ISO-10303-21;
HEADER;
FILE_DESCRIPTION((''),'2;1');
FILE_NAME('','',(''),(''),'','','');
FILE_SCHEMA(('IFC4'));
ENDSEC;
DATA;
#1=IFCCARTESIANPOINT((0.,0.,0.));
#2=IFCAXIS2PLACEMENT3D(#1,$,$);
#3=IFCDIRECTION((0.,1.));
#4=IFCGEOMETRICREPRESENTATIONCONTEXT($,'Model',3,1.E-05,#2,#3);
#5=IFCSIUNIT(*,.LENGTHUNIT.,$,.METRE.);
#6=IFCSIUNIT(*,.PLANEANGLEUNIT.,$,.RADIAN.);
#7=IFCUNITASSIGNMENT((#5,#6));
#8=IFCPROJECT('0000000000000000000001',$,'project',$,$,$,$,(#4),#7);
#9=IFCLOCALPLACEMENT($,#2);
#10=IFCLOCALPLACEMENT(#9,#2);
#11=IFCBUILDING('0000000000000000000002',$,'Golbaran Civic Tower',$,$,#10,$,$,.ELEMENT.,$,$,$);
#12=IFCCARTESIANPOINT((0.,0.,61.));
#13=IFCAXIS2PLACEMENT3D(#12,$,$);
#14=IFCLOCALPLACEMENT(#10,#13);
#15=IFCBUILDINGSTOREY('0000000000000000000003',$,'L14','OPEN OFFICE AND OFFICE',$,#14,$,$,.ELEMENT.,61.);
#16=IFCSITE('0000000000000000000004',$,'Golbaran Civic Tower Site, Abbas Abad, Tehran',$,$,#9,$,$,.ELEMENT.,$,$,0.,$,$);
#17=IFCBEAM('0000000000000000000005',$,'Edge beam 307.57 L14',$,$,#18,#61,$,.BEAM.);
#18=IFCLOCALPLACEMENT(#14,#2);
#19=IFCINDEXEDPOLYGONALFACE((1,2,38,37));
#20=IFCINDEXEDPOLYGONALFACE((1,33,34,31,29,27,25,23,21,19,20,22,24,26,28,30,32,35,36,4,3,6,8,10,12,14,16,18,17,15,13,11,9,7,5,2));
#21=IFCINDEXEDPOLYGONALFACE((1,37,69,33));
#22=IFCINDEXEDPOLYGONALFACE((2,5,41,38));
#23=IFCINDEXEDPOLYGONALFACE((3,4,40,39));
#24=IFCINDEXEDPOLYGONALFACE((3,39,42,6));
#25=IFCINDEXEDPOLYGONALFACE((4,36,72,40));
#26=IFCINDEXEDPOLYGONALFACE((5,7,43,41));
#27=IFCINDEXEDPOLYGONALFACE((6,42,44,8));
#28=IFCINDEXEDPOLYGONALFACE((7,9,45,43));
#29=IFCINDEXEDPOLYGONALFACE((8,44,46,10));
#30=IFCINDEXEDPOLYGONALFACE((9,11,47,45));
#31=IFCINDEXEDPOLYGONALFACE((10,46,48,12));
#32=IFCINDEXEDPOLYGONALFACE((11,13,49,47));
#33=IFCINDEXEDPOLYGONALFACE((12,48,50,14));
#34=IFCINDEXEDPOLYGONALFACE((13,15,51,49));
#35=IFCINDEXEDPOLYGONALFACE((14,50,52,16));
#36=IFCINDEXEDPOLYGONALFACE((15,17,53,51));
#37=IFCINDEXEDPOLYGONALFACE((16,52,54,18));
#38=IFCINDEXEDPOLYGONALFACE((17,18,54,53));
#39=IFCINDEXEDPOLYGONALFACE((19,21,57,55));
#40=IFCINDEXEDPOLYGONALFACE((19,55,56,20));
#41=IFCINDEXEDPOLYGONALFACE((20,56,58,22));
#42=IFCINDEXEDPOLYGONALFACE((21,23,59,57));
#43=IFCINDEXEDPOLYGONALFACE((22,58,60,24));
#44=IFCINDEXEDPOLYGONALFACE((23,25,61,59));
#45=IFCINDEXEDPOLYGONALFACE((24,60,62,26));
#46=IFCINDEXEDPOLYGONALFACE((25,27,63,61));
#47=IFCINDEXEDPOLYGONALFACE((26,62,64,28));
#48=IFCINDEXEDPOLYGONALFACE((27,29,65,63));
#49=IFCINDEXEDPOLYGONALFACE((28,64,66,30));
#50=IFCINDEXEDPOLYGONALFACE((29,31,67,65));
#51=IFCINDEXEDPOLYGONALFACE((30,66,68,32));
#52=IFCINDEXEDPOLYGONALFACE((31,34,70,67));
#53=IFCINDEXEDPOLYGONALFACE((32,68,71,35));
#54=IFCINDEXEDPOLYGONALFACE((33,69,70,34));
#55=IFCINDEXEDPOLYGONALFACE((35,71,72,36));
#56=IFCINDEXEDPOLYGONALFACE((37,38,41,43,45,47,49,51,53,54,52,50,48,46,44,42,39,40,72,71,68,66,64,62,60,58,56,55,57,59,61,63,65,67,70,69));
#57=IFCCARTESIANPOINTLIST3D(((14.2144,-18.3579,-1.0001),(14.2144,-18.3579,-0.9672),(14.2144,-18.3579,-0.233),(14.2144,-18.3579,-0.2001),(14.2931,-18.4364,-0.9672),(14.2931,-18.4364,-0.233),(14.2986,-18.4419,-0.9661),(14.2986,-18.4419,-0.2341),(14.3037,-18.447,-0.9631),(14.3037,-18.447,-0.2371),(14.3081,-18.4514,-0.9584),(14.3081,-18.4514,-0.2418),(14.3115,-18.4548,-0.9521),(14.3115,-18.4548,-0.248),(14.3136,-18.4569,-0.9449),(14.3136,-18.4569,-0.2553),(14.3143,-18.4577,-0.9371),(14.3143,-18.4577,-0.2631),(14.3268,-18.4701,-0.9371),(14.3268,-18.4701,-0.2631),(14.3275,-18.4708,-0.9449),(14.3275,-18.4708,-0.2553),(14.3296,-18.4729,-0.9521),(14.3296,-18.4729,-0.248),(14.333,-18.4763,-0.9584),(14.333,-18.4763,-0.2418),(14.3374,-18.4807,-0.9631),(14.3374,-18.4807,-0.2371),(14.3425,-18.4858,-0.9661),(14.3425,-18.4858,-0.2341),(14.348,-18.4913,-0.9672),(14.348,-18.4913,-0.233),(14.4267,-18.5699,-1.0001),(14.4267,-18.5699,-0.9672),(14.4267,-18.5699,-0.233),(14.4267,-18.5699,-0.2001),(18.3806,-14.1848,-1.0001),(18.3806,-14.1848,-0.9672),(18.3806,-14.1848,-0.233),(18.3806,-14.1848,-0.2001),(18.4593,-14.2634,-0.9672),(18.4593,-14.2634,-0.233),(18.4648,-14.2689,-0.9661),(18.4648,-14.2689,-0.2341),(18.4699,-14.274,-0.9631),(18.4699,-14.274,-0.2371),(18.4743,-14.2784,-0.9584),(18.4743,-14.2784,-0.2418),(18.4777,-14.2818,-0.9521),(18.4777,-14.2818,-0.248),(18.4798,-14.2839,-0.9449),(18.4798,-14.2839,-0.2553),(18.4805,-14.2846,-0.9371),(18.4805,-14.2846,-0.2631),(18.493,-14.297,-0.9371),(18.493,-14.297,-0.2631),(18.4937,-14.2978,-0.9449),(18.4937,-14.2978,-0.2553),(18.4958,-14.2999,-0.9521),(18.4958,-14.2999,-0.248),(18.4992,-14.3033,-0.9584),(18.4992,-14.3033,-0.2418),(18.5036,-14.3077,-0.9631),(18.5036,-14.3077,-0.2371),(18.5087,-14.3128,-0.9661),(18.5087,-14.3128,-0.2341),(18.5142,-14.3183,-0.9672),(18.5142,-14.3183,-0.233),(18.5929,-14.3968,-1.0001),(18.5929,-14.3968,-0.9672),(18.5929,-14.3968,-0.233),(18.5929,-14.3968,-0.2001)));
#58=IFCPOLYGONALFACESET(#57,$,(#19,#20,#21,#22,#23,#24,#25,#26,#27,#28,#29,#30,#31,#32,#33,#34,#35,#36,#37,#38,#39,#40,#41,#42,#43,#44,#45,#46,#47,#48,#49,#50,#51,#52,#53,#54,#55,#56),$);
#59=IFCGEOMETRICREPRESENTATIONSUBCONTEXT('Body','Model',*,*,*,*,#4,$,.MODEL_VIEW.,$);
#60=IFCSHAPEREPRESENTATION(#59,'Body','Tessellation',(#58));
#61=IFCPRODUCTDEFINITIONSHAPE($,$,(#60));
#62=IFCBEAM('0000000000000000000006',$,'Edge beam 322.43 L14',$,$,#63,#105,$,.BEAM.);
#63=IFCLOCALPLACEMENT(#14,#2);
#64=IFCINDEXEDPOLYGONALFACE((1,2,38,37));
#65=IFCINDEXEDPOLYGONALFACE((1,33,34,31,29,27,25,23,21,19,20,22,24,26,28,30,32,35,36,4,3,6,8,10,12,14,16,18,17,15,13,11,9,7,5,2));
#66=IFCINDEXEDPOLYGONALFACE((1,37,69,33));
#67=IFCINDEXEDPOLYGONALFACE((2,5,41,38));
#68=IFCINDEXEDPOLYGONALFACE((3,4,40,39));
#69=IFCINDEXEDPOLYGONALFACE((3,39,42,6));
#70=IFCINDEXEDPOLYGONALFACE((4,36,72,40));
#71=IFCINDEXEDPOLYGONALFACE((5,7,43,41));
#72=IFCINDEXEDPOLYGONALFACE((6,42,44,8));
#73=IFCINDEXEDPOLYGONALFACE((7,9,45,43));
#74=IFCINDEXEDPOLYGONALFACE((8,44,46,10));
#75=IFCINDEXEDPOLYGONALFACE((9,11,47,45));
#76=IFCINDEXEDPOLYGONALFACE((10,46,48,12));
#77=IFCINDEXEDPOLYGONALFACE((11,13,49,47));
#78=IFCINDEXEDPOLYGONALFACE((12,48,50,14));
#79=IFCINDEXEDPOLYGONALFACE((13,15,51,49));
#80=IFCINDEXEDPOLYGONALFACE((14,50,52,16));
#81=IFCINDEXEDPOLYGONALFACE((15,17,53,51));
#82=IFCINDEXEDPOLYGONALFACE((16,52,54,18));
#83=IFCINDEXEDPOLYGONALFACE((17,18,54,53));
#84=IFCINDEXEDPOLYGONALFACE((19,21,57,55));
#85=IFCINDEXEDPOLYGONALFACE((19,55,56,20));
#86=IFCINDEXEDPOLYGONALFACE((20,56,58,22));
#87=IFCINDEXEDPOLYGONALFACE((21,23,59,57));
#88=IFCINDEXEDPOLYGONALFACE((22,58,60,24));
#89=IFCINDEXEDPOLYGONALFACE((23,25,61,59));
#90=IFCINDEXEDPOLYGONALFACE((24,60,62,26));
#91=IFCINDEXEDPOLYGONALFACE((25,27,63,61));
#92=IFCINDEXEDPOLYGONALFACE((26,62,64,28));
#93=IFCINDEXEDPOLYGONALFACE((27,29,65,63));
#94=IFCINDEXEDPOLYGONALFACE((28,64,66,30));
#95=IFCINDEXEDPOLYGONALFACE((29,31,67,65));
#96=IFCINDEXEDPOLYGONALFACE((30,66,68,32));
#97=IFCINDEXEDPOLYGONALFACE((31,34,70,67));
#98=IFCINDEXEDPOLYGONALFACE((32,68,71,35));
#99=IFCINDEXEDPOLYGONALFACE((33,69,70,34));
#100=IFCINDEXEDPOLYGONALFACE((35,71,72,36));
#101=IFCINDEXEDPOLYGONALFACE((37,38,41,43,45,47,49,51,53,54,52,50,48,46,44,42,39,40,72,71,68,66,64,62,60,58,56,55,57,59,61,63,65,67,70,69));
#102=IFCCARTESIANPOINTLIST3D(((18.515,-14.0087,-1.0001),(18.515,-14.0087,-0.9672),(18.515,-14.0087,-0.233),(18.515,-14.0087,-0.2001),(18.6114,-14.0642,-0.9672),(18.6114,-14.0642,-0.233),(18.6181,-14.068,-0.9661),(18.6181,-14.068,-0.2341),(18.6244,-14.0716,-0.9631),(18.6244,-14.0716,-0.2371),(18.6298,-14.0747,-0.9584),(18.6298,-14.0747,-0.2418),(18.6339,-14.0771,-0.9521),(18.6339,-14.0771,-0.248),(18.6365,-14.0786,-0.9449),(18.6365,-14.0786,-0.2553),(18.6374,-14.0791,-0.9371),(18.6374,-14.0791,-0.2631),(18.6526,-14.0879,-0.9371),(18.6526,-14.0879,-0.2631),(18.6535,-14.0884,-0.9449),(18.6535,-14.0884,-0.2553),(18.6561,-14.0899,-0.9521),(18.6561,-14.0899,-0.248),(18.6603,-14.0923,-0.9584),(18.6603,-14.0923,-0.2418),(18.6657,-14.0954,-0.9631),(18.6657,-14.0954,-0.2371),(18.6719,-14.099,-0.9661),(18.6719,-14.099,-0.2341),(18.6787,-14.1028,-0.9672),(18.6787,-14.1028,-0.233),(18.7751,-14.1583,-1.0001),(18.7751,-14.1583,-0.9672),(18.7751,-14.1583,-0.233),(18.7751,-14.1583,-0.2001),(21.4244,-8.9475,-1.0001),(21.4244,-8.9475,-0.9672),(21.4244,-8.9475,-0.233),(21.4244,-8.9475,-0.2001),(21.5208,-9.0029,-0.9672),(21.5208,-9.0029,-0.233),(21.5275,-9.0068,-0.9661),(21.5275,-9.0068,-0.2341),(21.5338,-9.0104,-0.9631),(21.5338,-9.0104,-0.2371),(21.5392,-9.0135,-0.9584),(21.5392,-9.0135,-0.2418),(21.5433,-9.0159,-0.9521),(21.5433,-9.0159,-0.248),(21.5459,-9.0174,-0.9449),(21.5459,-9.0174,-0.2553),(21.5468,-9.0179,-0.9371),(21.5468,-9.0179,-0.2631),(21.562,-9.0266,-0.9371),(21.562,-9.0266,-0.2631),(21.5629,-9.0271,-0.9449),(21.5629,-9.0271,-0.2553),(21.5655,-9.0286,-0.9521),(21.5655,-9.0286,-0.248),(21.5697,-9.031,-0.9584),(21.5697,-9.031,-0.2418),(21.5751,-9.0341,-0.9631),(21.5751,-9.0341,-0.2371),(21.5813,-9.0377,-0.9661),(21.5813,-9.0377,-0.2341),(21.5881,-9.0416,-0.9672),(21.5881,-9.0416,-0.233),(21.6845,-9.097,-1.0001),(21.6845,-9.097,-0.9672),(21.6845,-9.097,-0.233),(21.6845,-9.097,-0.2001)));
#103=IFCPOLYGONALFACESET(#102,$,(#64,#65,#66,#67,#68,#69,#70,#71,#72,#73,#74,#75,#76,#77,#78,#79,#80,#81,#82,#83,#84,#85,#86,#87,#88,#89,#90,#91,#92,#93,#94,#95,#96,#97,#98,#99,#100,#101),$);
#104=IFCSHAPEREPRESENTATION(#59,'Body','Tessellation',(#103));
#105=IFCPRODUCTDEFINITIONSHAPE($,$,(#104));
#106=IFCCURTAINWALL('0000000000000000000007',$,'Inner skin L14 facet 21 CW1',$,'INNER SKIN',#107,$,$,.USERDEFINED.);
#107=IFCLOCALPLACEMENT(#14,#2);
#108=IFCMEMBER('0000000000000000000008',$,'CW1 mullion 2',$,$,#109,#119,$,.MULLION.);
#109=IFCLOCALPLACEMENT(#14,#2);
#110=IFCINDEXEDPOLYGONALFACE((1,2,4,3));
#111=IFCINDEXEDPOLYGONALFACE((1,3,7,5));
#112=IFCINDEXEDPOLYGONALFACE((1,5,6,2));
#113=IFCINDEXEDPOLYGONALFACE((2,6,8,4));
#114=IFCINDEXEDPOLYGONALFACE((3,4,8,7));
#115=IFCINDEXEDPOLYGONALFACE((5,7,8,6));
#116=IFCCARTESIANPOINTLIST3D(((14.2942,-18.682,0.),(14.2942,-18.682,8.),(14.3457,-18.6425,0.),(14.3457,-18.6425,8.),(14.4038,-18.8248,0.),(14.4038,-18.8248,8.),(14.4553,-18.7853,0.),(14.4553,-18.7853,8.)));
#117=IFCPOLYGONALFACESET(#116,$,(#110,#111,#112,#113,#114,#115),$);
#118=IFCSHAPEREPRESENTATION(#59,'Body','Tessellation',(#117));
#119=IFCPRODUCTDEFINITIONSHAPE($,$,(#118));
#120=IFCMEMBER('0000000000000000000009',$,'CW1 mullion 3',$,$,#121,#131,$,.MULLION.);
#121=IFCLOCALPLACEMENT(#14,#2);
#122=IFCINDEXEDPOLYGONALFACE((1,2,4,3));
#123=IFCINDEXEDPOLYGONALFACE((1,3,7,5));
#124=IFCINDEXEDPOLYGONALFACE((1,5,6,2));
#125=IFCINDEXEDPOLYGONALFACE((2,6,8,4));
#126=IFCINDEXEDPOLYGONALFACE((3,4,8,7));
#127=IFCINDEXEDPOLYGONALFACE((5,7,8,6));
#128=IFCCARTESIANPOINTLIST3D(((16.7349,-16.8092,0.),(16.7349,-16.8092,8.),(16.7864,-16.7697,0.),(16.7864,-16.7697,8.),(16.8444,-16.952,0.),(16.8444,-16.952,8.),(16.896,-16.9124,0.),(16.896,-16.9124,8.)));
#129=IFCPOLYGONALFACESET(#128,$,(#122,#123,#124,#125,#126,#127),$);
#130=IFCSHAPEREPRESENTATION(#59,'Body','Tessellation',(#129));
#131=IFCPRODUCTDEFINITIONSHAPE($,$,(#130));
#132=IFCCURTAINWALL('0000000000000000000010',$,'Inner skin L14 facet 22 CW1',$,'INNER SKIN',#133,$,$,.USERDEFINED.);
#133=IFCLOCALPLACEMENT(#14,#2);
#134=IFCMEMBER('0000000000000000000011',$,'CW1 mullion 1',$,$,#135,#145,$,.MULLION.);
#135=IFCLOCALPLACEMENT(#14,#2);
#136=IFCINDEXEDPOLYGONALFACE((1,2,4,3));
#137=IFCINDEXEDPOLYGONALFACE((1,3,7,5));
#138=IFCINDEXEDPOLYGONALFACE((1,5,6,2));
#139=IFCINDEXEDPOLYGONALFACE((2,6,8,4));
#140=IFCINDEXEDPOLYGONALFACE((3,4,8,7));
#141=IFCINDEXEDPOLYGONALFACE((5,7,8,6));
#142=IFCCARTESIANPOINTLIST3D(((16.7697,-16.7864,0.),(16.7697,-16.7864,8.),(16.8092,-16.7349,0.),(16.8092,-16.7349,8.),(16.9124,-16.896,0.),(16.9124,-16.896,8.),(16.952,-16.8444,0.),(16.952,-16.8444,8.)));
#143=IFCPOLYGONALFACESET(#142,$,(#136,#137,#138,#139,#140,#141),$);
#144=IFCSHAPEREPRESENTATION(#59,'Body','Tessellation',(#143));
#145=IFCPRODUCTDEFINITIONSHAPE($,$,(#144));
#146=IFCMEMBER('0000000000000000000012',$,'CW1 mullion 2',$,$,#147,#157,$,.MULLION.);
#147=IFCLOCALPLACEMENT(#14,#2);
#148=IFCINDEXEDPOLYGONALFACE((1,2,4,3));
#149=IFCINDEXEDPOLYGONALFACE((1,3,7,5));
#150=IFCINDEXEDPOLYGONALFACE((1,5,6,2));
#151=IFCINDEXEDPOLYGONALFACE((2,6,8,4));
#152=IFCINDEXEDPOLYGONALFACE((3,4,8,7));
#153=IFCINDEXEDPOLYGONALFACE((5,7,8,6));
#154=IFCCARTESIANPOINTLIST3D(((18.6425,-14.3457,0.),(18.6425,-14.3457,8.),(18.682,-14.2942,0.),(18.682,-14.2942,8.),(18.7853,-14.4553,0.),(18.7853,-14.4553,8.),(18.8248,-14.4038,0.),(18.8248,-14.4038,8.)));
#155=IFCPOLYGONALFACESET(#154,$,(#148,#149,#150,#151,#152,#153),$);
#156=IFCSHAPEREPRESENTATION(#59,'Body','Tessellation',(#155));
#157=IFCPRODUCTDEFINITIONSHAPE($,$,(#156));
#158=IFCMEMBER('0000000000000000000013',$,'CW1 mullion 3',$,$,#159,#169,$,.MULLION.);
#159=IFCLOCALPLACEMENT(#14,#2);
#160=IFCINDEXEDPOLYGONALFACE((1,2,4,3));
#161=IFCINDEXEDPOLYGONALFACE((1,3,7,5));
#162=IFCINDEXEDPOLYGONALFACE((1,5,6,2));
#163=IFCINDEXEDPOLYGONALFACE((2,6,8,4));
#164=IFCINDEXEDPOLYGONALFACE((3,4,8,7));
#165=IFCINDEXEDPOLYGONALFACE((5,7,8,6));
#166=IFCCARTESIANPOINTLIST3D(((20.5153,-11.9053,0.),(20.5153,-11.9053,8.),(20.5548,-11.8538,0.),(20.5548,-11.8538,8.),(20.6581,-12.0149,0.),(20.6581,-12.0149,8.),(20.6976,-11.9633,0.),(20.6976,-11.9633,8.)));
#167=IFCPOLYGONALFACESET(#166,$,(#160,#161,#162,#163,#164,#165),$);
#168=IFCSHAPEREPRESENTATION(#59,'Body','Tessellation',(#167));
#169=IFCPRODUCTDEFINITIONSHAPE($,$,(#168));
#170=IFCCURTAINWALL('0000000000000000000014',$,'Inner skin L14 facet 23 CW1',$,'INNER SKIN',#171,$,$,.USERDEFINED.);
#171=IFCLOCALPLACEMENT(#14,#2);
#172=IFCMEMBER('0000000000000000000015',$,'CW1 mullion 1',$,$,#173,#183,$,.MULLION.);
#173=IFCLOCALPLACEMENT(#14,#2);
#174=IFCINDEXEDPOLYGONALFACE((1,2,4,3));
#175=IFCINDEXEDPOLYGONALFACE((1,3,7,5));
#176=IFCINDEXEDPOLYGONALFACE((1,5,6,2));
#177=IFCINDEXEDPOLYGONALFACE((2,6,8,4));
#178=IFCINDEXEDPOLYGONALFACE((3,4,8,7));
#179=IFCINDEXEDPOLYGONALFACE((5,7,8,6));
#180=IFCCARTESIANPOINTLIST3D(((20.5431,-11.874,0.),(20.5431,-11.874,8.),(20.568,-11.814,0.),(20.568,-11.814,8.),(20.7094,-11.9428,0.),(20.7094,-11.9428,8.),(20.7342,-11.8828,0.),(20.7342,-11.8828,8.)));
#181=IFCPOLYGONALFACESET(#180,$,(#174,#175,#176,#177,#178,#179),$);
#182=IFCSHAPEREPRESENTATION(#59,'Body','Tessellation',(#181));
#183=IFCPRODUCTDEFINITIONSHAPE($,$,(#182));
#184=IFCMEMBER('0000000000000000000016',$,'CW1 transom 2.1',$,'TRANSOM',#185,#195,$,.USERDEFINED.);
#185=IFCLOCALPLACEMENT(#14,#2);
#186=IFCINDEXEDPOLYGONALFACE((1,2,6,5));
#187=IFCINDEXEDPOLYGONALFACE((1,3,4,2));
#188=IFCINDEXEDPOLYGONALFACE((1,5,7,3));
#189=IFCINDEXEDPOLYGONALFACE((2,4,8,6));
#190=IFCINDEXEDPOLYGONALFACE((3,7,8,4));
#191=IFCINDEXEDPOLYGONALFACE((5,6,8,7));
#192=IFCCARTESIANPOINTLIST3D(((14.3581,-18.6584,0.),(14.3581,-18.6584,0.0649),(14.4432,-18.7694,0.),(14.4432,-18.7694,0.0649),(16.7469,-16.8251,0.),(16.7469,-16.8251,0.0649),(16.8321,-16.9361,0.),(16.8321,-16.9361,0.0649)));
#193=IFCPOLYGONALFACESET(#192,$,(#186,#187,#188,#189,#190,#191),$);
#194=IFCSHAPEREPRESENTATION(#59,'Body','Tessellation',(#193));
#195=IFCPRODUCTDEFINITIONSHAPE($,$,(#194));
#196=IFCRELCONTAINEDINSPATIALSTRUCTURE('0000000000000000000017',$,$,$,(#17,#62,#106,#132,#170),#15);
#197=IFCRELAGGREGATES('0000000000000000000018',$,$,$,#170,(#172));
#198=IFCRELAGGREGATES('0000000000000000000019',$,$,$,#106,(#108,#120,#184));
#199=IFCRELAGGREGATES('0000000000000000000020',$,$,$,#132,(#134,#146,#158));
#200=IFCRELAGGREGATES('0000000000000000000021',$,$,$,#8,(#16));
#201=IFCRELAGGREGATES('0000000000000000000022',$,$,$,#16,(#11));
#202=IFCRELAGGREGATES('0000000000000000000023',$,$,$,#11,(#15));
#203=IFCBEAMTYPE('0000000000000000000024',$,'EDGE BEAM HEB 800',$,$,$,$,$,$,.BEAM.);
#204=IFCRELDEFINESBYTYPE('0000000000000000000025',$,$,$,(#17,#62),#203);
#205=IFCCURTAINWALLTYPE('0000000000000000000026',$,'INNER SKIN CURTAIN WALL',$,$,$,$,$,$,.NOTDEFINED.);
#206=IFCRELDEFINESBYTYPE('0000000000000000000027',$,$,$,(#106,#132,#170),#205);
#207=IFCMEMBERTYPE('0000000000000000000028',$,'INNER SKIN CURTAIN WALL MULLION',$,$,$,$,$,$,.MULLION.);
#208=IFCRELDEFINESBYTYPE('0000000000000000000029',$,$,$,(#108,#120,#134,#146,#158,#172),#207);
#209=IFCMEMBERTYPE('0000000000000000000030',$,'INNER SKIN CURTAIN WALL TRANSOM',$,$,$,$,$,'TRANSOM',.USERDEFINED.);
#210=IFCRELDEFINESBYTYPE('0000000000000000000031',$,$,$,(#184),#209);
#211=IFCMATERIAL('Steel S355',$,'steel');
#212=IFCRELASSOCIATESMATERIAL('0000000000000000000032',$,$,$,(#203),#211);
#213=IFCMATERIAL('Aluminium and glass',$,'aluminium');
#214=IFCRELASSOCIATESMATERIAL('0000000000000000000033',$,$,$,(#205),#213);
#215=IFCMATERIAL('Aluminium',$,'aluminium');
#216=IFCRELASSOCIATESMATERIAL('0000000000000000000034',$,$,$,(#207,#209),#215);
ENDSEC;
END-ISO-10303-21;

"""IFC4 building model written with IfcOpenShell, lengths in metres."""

from ifc_helpers import new_model, si_unit, direction, frame, origin, origin_2d, place, context, subcontext, project, spatial, rectangle, i_section, extrude, material, material_profile, profile_set, type_object, element, aggregate, save


model = new_model("IFC4")

# Units and contexts
model_context = context("Model", 3, precision=1e-05, world=origin(), true_north=direction((0.0, 1.0)))
body_context = subcontext(model_context, "Body", "Model", "MODEL_VIEW")
ifc_project = project(units=[si_unit("LENGTHUNIT", "METRE"), si_unit("PLANEANGLEUNIT", "RADIAN")], contexts=[model_context])

# Site, building, storey
site_placement = place(None, origin())
site = spatial("IfcSite", under=ifc_project, at=site_placement, Name="Golbaran Civic Tower Site, Abbas Abad, Tehran", CompositionType="ELEMENT", RefElevation=0.0)
building_placement = place(site_placement, origin())
building = spatial("IfcBuilding", under=site, at=building_placement, Name="Golbaran Civic Tower", CompositionType="ELEMENT")
storey_placement = place(building_placement, frame((0.0, 0.0, 61.0)))
storey = spatial("IfcBuildingStorey", under=building, at=storey_placement, Name="L14", Description="OPEN OFFICE AND OFFICE", CompositionType="ELEMENT", Elevation=61.0)

# Beams
ifc_material_1 = material(Name="Steel S355", Category="steel")
ifc_material_profile_1 = material_profile(ifc_material_1, i_section(OverallWidth=0.3, OverallDepth=0.8, WebThickness=0.0176, FlangeThickness=0.033, FilletRadius=0.03, at=origin_2d()), Name="HEB 800")
ifc_profile_set_1 = profile_set([ifc_material_profile_1], Name="Steel S355")
beam_type = type_object("IfcBeamType", Name="EDGE BEAM HEB 800", PredefinedType="BEAM", material=ifc_profile_set_1)
beam_1_placement = place(storey_placement, frame((14.3206, -18.4639, -0.6001), z_axis=(0.706527, 0.707686, 0.0), x_axis=(-0.707686, 0.706527, 0.0)))
element("IfcBeam", 1, at=beam_1_placement, inside=storey, type_object=beam_type, Name="Edge beam 307.57 L14", PredefinedType="BEAM", context=body_context, shape_type="SweptSolid", body=[
    extrude(i_section(OverallWidth=0.3, OverallDepth=0.8, WebThickness=0.0176, FlangeThickness=0.033, FilletRadius=0.03, at=origin_2d()), origin(), (0.0, 0.0, 1.0), 5.8967),
])
beam_2_placement = place(storey_placement, frame((18.645, -14.0835, -0.6001), z_axis=(0.498367, 0.866966, 0.0), x_axis=(-0.866966, 0.498367, 0.0)))
element("IfcBeam", 2, at=beam_2_placement, inside=storey, type_object=beam_type, Name="Edge beam 322.43 L14", PredefinedType="BEAM", context=body_context, shape_type="SweptSolid", body=[
    extrude(i_section(OverallWidth=0.3, OverallDepth=0.8, WebThickness=0.0176, FlangeThickness=0.033, FilletRadius=0.03, at=origin_2d()), origin(), (0.0, 0.0, 1.0), 5.8379),
])

# Curtain walls, members
ifc_material_2 = material(Name="Aluminium and glass", Category="aluminium")
curtain_wall_type = type_object("IfcCurtainWallType", Name="INNER SKIN CURTAIN WALL", PredefinedType="NOTDEFINED", material=ifc_material_2)
curtain_wall_1_placement = place(storey_placement, origin())
curtain_wall_1 = element("IfcCurtainWall", 3, at=curtain_wall_1_placement, inside=storey, type_object=curtain_wall_type, Name="Inner skin L14 facet 21 CW1", ObjectType="INNER SKIN", PredefinedType="USERDEFINED")
ifc_material_3 = material(Name="Aluminium", Category="aluminium")
ifc_material_profile_2 = material_profile(ifc_material_3, rectangle(XDim=0.1799, YDim=0.0649, at=origin_2d()), Name="INNER SKIN CURTAIN WALL MULLION")
ifc_profile_set_2 = profile_set([ifc_material_profile_2], Name="Aluminium")
member_type_1 = type_object("IfcMemberType", Name="INNER SKIN CURTAIN WALL MULLION", PredefinedType="MULLION", material=ifc_profile_set_2)
member_1_placement = place(storey_placement, frame((14.3748, -18.7336, 0.0), z_axis=(0.0, 0.0, 1.0), x_axis=(-0.608761, 0.793353, 0.0)))
member_1 = element("IfcMember", 4, at=member_1_placement, type_object=member_type_1, Name="CW1 mullion 2", PredefinedType="MULLION", context=body_context, shape_type="SweptSolid", body=[
    extrude(rectangle(XDim=0.1799, YDim=0.0649, at=origin_2d()), origin(), (0.0, 0.0, 1.0), 8.0),
])
member_2_placement = place(storey_placement, frame((16.8154, -16.8608, 0.0), z_axis=(0.0, 0.0, 1.0), x_axis=(-0.608761, 0.793353, 0.0)))
member_2 = element("IfcMember", 5, at=member_2_placement, type_object=member_type_1, Name="CW1 mullion 3", PredefinedType="MULLION", context=body_context, shape_type="SweptSolid", body=[
    extrude(rectangle(XDim=0.1799, YDim=0.0649, at=origin_2d()), origin(), (0.0, 0.0, 1.0), 8.0),
])
curtain_wall_2_placement = place(storey_placement, origin())
curtain_wall_2 = element("IfcCurtainWall", 6, at=curtain_wall_2_placement, inside=storey, type_object=curtain_wall_type, Name="Inner skin L14 facet 22 CW1", ObjectType="INNER SKIN", PredefinedType="USERDEFINED")
member_3_placement = place(storey_placement, frame((16.8608, -16.8154, 0.0), z_axis=(0.0, 0.0, 1.0), x_axis=(-0.793353, 0.608761, 0.0)))
member_3 = element("IfcMember", 7, at=member_3_placement, type_object=member_type_1, Name="CW1 mullion 1", PredefinedType="MULLION", context=body_context, shape_type="SweptSolid", body=[
    extrude(rectangle(XDim=0.1799, YDim=0.0649, at=origin_2d()), origin(), (0.0, 0.0, 1.0), 8.0),
])
member_4_placement = place(storey_placement, frame((18.7336, -14.3748, 0.0), z_axis=(0.0, 0.0, 1.0), x_axis=(-0.793353, 0.608761, 0.0)))
member_4 = element("IfcMember", 8, at=member_4_placement, type_object=member_type_1, Name="CW1 mullion 2", PredefinedType="MULLION", context=body_context, shape_type="SweptSolid", body=[
    extrude(rectangle(XDim=0.1799, YDim=0.0649, at=origin_2d()), origin(), (0.0, 0.0, 1.0), 8.0),
])
member_5_placement = place(storey_placement, frame((20.6064, -11.9343, 0.0), z_axis=(0.0, 0.0, 1.0), x_axis=(-0.793353, 0.608761, 0.0)))
member_5 = element("IfcMember", 9, at=member_5_placement, type_object=member_type_1, Name="CW1 mullion 3", PredefinedType="MULLION", context=body_context, shape_type="SweptSolid", body=[
    extrude(rectangle(XDim=0.1799, YDim=0.0649, at=origin_2d()), origin(), (0.0, 0.0, 1.0), 8.0),
])

# Curtain wall, member
curtain_wall_3_placement = place(storey_placement, origin())
curtain_wall_3 = element("IfcCurtainWall", 10, at=curtain_wall_3_placement, inside=storey, type_object=curtain_wall_type, Name="Inner skin L14 facet 23 CW1", ObjectType="INNER SKIN", PredefinedType="USERDEFINED")
member_6_placement = place(storey_placement, frame((20.6387, -11.8784, 0.0), z_axis=(0.0, 0.0, 1.0), x_axis=(-0.92388, 0.382683, 0.0)))
member_6 = element("IfcMember", 11, at=member_6_placement, type_object=member_type_1, Name="CW1 mullion 1", PredefinedType="MULLION", context=body_context, shape_type="SweptSolid", body=[
    extrude(rectangle(XDim=0.1799, YDim=0.0649, at=origin_2d()), origin(), (0.0, 0.0, 1.0), 8.0),
])

# Member
ifc_material_profile_3 = material_profile(ifc_material_3, rectangle(XDim=0.1399, YDim=0.0649, at=origin_2d()), Name="INNER SKIN CURTAIN WALL TRANSOM")
ifc_profile_set_3 = profile_set([ifc_material_profile_3], Name="Aluminium")
member_type_2 = type_object("IfcMemberType", Name="INNER SKIN CURTAIN WALL TRANSOM", ElementType="TRANSOM", PredefinedType="USERDEFINED", material=ifc_profile_set_3)
member_7_placement = place(storey_placement, frame((14.4006, -18.7139, 0.0325), z_axis=(0.793326, 0.608797, 0.0), x_axis=(-0.608797, 0.793326, 0.0)))
member_7 = element("IfcMember", 12, at=member_7_placement, type_object=member_type_2, Name="CW1 transom 2.1", ObjectType="TRANSOM", PredefinedType="USERDEFINED", context=body_context, shape_type="SweptSolid", body=[
    extrude(rectangle(XDim=0.1399, YDim=0.0649, at=origin_2d()), origin(), (0.0, 0.0, 1.0), 3.0112),
])

aggregate(curtain_wall_3, [member_6])
aggregate(curtain_wall_1, [member_1, member_2, member_7])
aggregate(curtain_wall_2, [member_3, member_4, member_5])

save(model, "model.ifc")
